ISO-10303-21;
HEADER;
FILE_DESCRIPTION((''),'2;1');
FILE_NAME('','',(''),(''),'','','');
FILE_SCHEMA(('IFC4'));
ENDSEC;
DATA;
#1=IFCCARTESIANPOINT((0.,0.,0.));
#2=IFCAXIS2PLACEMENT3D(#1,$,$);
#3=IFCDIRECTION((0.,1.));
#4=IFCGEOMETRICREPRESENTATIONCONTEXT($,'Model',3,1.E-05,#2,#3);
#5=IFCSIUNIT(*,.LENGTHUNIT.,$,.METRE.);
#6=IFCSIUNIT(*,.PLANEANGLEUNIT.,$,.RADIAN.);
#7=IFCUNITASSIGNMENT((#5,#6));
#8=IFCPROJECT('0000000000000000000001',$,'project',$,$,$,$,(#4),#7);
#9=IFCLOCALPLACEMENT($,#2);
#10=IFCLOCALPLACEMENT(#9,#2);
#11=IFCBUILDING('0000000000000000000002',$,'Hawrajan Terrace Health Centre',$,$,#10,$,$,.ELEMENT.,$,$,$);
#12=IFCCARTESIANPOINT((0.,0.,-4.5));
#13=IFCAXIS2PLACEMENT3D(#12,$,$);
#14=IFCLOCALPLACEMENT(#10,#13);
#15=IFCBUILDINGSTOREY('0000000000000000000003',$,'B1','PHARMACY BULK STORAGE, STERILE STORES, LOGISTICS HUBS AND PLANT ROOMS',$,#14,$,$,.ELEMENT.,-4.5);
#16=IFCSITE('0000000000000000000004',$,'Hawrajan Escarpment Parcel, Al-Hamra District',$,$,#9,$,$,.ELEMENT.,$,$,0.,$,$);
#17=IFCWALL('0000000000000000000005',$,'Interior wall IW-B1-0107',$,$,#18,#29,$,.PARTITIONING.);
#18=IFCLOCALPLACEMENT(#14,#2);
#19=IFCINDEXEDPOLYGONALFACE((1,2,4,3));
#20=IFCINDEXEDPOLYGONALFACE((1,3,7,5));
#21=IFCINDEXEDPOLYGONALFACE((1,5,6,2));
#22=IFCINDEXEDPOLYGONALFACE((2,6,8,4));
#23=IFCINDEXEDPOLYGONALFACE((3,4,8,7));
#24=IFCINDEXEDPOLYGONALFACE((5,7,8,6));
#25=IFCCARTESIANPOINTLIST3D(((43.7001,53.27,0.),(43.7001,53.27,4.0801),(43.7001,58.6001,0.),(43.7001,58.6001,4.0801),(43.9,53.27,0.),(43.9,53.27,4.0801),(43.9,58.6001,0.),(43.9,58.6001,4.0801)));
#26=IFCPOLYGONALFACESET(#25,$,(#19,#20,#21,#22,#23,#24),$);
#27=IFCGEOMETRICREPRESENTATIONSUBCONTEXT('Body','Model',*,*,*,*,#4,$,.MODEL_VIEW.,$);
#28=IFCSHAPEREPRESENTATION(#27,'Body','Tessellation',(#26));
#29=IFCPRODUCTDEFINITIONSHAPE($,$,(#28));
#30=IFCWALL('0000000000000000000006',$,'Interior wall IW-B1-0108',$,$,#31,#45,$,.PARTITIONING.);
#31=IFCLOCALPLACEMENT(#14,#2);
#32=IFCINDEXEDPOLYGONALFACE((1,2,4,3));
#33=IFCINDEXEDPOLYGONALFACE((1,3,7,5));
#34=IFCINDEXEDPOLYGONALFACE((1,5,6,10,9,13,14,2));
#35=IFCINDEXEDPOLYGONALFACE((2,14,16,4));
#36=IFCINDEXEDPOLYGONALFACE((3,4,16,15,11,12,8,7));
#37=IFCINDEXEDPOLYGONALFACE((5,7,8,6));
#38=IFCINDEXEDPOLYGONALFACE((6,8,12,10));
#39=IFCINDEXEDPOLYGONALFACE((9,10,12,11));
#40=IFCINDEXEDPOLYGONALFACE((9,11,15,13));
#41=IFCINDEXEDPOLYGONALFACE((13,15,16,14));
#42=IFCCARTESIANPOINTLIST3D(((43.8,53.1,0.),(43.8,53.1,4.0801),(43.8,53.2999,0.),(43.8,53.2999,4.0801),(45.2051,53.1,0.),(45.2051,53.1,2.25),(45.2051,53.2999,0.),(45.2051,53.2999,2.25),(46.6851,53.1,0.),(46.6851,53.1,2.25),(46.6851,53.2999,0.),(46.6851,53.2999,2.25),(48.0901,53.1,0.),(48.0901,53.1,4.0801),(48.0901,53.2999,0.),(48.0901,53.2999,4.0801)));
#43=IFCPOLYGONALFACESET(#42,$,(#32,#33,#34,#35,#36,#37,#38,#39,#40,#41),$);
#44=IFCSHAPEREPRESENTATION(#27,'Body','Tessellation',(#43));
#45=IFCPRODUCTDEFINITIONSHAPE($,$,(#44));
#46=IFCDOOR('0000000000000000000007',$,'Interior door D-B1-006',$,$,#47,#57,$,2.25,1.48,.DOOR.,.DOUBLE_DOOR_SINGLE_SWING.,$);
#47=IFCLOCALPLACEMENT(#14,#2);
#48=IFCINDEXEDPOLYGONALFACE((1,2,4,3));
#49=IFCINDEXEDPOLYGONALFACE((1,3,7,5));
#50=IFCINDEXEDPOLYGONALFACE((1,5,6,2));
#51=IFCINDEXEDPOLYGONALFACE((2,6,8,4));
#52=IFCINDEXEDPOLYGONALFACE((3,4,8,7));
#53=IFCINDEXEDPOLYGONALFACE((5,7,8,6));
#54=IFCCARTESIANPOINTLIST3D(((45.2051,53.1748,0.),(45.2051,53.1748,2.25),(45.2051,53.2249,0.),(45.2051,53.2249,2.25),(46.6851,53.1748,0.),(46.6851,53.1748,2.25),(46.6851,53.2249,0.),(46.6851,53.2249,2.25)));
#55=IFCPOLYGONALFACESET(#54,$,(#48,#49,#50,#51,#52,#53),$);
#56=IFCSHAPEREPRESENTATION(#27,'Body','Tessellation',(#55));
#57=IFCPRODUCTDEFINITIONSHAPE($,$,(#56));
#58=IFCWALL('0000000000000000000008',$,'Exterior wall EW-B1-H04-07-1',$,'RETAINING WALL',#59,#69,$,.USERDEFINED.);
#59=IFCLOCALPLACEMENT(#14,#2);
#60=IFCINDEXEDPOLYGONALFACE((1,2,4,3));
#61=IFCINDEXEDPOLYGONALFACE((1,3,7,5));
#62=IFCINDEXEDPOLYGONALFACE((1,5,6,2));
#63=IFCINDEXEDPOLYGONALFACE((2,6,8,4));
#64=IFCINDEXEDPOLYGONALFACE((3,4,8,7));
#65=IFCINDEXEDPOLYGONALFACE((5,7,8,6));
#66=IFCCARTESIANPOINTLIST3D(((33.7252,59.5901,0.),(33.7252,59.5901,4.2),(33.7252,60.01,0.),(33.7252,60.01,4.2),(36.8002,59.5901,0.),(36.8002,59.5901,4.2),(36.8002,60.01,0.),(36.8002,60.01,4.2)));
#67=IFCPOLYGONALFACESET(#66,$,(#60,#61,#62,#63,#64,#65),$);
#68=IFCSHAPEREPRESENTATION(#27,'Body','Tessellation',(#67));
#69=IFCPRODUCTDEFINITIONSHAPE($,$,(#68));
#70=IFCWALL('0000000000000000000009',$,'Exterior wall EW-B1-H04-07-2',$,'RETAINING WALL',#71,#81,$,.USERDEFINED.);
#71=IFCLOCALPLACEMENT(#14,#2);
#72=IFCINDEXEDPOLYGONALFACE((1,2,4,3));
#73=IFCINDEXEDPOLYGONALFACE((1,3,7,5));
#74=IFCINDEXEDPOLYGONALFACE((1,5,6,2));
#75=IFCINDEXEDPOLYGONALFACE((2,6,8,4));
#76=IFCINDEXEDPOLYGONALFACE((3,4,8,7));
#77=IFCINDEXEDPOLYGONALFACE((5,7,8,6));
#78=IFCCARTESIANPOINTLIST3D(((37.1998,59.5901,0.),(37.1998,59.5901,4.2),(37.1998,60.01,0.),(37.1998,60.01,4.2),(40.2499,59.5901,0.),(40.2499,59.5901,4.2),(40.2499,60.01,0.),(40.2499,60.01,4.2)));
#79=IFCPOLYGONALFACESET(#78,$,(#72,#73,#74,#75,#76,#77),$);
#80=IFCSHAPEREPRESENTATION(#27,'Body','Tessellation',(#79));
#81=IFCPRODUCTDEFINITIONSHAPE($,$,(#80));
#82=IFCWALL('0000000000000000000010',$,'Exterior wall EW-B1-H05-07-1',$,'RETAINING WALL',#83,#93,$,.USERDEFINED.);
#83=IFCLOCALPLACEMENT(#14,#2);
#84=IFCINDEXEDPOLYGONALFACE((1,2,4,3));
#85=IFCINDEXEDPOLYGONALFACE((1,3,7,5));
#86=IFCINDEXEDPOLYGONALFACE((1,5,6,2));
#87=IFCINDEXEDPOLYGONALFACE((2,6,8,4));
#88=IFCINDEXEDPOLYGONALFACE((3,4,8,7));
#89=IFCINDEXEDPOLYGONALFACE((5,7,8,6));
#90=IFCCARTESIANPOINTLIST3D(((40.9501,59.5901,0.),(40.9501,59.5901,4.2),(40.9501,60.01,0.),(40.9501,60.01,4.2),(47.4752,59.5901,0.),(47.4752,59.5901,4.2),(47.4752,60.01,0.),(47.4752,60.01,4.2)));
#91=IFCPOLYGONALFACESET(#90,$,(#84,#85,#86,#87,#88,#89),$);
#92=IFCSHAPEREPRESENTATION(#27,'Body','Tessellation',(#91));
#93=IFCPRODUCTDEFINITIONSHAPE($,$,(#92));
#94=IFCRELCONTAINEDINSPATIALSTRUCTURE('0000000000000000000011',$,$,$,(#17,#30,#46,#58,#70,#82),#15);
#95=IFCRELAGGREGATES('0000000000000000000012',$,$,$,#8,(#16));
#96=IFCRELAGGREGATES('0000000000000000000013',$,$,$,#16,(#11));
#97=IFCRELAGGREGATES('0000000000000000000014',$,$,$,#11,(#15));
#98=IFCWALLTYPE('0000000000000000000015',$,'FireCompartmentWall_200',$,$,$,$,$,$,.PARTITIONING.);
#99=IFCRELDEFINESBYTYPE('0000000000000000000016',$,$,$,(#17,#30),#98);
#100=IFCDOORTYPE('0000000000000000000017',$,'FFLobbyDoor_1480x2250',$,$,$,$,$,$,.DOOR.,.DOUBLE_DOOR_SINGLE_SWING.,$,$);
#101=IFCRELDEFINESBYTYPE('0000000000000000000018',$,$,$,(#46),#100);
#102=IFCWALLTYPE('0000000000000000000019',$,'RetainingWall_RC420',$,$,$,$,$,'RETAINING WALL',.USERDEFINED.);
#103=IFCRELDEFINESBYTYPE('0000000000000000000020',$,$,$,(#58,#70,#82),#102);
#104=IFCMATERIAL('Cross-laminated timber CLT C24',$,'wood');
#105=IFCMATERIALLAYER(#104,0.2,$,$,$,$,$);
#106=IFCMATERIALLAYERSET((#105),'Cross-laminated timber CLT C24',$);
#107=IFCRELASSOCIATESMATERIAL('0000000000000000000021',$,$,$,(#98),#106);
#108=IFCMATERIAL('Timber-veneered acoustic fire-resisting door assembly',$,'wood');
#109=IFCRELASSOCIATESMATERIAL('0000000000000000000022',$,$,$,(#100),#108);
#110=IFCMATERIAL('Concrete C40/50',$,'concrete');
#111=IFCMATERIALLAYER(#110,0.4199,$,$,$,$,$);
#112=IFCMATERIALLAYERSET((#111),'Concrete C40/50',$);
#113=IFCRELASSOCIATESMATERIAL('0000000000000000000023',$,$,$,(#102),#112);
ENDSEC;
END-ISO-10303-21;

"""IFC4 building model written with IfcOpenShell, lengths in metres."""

from ifc_helpers import new_model, si_unit, direction, frame, frame_2d, origin, place, context, subcontext, project, spatial, rectangle, extrude, material, layer, layer_set, type_object, element, fill, save


model = new_model("IFC4")

# Units and contexts
model_context = context("Model", 3, precision=1e-05, world=origin(), true_north=direction((0.0, 1.0)))
body_context = subcontext(model_context, "Body", "Model", "MODEL_VIEW")
ifc_project = project(units=[si_unit("LENGTHUNIT", "METRE"), si_unit("PLANEANGLEUNIT", "RADIAN")], contexts=[model_context])

# Site, building, storey
site_placement = place(None, origin())
site = spatial("IfcSite", under=ifc_project, at=site_placement, Name="Hawrajan Escarpment Parcel, Al-Hamra District", CompositionType="ELEMENT", RefElevation=0.0)
building_placement = place(site_placement, origin())
building = spatial("IfcBuilding", under=site, at=building_placement, Name="Hawrajan Terrace Health Centre", CompositionType="ELEMENT")
storey_placement = place(building_placement, frame((0.0, 0.0, -4.5)))
storey = spatial("IfcBuildingStorey", under=building, at=storey_placement, Name="B1", Description="PHARMACY BULK STORAGE, STERILE STORES, LOGISTICS HUBS AND PLANT ROOMS", CompositionType="ELEMENT", Elevation=-4.5)

# Shared definitions
ifc_material_1 = material(Name="Concrete C40/50", Category="concrete")

# Shared definitions
ifc_material_2 = material(Name="Timber-veneered acoustic fire-resisting door assembly", Category="wood")

# Wall
ifc_material_3 = material(Name="Cross-laminated timber CLT C24", Category="wood")
ifc_layer_1 = layer(ifc_material_3, 0.2)
ifc_layer_set_1 = layer_set([ifc_layer_1], Name="Cross-laminated timber CLT C24")
wall_type_1 = type_object("IfcWallType", Name="FireCompartmentWall_200", PredefinedType="PARTITIONING", material=ifc_layer_set_1)
wall_1_placement = place(storey_placement, frame((43.8, 53.27, 0.0), z_axis=(0.0, 0.0, 1.0), x_axis=(0.0, 1.0, 0.0)))
element("IfcWall", 1, at=wall_1_placement, inside=storey, type_object=wall_type_1, Name="Interior wall IW-B1-0107", PredefinedType="PARTITIONING", context=body_context, shape_type="SweptSolid", body=[
    extrude(rectangle(XDim=5.3301, YDim=0.2, at=frame_2d((2.665, 0.0))), origin(), (0.0, 0.0, 1.0), 4.0801),
])

# Wall, opening, door
wall_2_placement = place(storey_placement, frame((43.8, 53.2, 0.0), z_axis=(0.0, 0.0, 1.0), x_axis=(1.0, 0.0, 0.0)))
wall_2 = element("IfcWall", 2, at=wall_2_placement, inside=storey, type_object=wall_type_1, Name="Interior wall IW-B1-0108", PredefinedType="PARTITIONING", context=body_context, shape_type="SweptSolid", body=[
    extrude(rectangle(XDim=4.29, YDim=0.2, at=frame_2d((2.145, 0.0))), origin(), (0.0, 0.0, 1.0), 4.0801),
])
opening_1_placement = place(wall_2_placement, frame((1.405, 0.0, 0.0)))
opening_1 = element("IfcOpeningElement", 3, at=opening_1_placement, cuts=wall_2, PredefinedType="OPENING", context=body_context, shape_type="SweptSolid", body=[
    extrude(rectangle(XDim=1.48, YDim=2.25, at=frame_2d((0.74, 1.125))), frame((0.0, 0.1099, 0.0), z_axis=(0.0, -1.0, 0.0), x_axis=(1.0, 0.0, 0.0)), (0.0, 0.0, 1.0), 0.22),
])
door_type_1 = type_object("IfcDoorType", Name="FFLobbyDoor_1480x2250", OperationType="DOUBLE_DOOR_SINGLE_SWING", PredefinedType="DOOR", material=ifc_material_2)
door_1_placement = place(opening_1_placement, origin())
door_1 = element("IfcDoor", 4, at=door_1_placement, inside=storey, type_object=door_type_1, Name="Interior door D-B1-006", OperationType="DOUBLE_DOOR_SINGLE_SWING", OverallHeight=2.25, OverallWidth=1.48, PredefinedType="DOOR", context=body_context, shape_type="SweptSolid", body=[
    extrude(rectangle(XDim=1.48, YDim=2.25, at=frame_2d((0.74, 1.125))), frame((0.0, 0.0249, 0.0), z_axis=(0.0, -1.0, 0.0), x_axis=(1.0, 0.0, 0.0)), (0.0, 0.0, 1.0), 0.05),
])
fill(opening_1, door_1)

# Walls
ifc_layer_2 = layer(ifc_material_1, 0.4199)
ifc_layer_set_2 = layer_set([ifc_layer_2], Name="Concrete C40/50")
wall_type_2 = type_object("IfcWallType", Name="RetainingWall_RC420", ElementType="RETAINING WALL", PredefinedType="USERDEFINED", material=ifc_layer_set_2)
wall_3_placement = place(storey_placement, frame((33.7251, 59.8, 0.0), z_axis=(0.0, 0.0, 1.0), x_axis=(1.0, 0.0, 0.0)))
element("IfcWall", 5, at=wall_3_placement, inside=storey, type_object=wall_type_2, Name="Exterior wall EW-B1-H04-07-1", ObjectType="RETAINING WALL", PredefinedType="USERDEFINED", context=body_context, shape_type="SweptSolid", body=[
    extrude(rectangle(XDim=3.075, YDim=0.4199, at=frame_2d((1.5376, 0.0))), origin(), (0.0, 0.0, 1.0), 4.2),
])
wall_4_placement = place(storey_placement, frame((37.2, 59.8, 0.0), z_axis=(0.0, 0.0, 1.0), x_axis=(1.0, 0.0, 0.0)))
element("IfcWall", 6, at=wall_4_placement, inside=storey, type_object=wall_type_2, Name="Exterior wall EW-B1-H04-07-2", ObjectType="RETAINING WALL", PredefinedType="USERDEFINED", context=body_context, shape_type="SweptSolid", body=[
    extrude(rectangle(XDim=3.05, YDim=0.4199, at=frame_2d((1.5249, 0.0))), origin(), (0.0, 0.0, 1.0), 4.2),
])
wall_5_placement = place(storey_placement, frame((40.95, 59.8, 0.0), z_axis=(0.0, 0.0, 1.0), x_axis=(1.0, 0.0, 0.0)))
element("IfcWall", 7, at=wall_5_placement, inside=storey, type_object=wall_type_2, Name="Exterior wall EW-B1-H05-07-1", ObjectType="RETAINING WALL", PredefinedType="USERDEFINED", context=body_context, shape_type="SweptSolid", body=[
    extrude(rectangle(XDim=6.5251, YDim=0.4199, at=frame_2d((3.2627, 0.0))), origin(), (0.0, 0.0, 1.0), 4.2),
])

save(model, "model.ifc")
